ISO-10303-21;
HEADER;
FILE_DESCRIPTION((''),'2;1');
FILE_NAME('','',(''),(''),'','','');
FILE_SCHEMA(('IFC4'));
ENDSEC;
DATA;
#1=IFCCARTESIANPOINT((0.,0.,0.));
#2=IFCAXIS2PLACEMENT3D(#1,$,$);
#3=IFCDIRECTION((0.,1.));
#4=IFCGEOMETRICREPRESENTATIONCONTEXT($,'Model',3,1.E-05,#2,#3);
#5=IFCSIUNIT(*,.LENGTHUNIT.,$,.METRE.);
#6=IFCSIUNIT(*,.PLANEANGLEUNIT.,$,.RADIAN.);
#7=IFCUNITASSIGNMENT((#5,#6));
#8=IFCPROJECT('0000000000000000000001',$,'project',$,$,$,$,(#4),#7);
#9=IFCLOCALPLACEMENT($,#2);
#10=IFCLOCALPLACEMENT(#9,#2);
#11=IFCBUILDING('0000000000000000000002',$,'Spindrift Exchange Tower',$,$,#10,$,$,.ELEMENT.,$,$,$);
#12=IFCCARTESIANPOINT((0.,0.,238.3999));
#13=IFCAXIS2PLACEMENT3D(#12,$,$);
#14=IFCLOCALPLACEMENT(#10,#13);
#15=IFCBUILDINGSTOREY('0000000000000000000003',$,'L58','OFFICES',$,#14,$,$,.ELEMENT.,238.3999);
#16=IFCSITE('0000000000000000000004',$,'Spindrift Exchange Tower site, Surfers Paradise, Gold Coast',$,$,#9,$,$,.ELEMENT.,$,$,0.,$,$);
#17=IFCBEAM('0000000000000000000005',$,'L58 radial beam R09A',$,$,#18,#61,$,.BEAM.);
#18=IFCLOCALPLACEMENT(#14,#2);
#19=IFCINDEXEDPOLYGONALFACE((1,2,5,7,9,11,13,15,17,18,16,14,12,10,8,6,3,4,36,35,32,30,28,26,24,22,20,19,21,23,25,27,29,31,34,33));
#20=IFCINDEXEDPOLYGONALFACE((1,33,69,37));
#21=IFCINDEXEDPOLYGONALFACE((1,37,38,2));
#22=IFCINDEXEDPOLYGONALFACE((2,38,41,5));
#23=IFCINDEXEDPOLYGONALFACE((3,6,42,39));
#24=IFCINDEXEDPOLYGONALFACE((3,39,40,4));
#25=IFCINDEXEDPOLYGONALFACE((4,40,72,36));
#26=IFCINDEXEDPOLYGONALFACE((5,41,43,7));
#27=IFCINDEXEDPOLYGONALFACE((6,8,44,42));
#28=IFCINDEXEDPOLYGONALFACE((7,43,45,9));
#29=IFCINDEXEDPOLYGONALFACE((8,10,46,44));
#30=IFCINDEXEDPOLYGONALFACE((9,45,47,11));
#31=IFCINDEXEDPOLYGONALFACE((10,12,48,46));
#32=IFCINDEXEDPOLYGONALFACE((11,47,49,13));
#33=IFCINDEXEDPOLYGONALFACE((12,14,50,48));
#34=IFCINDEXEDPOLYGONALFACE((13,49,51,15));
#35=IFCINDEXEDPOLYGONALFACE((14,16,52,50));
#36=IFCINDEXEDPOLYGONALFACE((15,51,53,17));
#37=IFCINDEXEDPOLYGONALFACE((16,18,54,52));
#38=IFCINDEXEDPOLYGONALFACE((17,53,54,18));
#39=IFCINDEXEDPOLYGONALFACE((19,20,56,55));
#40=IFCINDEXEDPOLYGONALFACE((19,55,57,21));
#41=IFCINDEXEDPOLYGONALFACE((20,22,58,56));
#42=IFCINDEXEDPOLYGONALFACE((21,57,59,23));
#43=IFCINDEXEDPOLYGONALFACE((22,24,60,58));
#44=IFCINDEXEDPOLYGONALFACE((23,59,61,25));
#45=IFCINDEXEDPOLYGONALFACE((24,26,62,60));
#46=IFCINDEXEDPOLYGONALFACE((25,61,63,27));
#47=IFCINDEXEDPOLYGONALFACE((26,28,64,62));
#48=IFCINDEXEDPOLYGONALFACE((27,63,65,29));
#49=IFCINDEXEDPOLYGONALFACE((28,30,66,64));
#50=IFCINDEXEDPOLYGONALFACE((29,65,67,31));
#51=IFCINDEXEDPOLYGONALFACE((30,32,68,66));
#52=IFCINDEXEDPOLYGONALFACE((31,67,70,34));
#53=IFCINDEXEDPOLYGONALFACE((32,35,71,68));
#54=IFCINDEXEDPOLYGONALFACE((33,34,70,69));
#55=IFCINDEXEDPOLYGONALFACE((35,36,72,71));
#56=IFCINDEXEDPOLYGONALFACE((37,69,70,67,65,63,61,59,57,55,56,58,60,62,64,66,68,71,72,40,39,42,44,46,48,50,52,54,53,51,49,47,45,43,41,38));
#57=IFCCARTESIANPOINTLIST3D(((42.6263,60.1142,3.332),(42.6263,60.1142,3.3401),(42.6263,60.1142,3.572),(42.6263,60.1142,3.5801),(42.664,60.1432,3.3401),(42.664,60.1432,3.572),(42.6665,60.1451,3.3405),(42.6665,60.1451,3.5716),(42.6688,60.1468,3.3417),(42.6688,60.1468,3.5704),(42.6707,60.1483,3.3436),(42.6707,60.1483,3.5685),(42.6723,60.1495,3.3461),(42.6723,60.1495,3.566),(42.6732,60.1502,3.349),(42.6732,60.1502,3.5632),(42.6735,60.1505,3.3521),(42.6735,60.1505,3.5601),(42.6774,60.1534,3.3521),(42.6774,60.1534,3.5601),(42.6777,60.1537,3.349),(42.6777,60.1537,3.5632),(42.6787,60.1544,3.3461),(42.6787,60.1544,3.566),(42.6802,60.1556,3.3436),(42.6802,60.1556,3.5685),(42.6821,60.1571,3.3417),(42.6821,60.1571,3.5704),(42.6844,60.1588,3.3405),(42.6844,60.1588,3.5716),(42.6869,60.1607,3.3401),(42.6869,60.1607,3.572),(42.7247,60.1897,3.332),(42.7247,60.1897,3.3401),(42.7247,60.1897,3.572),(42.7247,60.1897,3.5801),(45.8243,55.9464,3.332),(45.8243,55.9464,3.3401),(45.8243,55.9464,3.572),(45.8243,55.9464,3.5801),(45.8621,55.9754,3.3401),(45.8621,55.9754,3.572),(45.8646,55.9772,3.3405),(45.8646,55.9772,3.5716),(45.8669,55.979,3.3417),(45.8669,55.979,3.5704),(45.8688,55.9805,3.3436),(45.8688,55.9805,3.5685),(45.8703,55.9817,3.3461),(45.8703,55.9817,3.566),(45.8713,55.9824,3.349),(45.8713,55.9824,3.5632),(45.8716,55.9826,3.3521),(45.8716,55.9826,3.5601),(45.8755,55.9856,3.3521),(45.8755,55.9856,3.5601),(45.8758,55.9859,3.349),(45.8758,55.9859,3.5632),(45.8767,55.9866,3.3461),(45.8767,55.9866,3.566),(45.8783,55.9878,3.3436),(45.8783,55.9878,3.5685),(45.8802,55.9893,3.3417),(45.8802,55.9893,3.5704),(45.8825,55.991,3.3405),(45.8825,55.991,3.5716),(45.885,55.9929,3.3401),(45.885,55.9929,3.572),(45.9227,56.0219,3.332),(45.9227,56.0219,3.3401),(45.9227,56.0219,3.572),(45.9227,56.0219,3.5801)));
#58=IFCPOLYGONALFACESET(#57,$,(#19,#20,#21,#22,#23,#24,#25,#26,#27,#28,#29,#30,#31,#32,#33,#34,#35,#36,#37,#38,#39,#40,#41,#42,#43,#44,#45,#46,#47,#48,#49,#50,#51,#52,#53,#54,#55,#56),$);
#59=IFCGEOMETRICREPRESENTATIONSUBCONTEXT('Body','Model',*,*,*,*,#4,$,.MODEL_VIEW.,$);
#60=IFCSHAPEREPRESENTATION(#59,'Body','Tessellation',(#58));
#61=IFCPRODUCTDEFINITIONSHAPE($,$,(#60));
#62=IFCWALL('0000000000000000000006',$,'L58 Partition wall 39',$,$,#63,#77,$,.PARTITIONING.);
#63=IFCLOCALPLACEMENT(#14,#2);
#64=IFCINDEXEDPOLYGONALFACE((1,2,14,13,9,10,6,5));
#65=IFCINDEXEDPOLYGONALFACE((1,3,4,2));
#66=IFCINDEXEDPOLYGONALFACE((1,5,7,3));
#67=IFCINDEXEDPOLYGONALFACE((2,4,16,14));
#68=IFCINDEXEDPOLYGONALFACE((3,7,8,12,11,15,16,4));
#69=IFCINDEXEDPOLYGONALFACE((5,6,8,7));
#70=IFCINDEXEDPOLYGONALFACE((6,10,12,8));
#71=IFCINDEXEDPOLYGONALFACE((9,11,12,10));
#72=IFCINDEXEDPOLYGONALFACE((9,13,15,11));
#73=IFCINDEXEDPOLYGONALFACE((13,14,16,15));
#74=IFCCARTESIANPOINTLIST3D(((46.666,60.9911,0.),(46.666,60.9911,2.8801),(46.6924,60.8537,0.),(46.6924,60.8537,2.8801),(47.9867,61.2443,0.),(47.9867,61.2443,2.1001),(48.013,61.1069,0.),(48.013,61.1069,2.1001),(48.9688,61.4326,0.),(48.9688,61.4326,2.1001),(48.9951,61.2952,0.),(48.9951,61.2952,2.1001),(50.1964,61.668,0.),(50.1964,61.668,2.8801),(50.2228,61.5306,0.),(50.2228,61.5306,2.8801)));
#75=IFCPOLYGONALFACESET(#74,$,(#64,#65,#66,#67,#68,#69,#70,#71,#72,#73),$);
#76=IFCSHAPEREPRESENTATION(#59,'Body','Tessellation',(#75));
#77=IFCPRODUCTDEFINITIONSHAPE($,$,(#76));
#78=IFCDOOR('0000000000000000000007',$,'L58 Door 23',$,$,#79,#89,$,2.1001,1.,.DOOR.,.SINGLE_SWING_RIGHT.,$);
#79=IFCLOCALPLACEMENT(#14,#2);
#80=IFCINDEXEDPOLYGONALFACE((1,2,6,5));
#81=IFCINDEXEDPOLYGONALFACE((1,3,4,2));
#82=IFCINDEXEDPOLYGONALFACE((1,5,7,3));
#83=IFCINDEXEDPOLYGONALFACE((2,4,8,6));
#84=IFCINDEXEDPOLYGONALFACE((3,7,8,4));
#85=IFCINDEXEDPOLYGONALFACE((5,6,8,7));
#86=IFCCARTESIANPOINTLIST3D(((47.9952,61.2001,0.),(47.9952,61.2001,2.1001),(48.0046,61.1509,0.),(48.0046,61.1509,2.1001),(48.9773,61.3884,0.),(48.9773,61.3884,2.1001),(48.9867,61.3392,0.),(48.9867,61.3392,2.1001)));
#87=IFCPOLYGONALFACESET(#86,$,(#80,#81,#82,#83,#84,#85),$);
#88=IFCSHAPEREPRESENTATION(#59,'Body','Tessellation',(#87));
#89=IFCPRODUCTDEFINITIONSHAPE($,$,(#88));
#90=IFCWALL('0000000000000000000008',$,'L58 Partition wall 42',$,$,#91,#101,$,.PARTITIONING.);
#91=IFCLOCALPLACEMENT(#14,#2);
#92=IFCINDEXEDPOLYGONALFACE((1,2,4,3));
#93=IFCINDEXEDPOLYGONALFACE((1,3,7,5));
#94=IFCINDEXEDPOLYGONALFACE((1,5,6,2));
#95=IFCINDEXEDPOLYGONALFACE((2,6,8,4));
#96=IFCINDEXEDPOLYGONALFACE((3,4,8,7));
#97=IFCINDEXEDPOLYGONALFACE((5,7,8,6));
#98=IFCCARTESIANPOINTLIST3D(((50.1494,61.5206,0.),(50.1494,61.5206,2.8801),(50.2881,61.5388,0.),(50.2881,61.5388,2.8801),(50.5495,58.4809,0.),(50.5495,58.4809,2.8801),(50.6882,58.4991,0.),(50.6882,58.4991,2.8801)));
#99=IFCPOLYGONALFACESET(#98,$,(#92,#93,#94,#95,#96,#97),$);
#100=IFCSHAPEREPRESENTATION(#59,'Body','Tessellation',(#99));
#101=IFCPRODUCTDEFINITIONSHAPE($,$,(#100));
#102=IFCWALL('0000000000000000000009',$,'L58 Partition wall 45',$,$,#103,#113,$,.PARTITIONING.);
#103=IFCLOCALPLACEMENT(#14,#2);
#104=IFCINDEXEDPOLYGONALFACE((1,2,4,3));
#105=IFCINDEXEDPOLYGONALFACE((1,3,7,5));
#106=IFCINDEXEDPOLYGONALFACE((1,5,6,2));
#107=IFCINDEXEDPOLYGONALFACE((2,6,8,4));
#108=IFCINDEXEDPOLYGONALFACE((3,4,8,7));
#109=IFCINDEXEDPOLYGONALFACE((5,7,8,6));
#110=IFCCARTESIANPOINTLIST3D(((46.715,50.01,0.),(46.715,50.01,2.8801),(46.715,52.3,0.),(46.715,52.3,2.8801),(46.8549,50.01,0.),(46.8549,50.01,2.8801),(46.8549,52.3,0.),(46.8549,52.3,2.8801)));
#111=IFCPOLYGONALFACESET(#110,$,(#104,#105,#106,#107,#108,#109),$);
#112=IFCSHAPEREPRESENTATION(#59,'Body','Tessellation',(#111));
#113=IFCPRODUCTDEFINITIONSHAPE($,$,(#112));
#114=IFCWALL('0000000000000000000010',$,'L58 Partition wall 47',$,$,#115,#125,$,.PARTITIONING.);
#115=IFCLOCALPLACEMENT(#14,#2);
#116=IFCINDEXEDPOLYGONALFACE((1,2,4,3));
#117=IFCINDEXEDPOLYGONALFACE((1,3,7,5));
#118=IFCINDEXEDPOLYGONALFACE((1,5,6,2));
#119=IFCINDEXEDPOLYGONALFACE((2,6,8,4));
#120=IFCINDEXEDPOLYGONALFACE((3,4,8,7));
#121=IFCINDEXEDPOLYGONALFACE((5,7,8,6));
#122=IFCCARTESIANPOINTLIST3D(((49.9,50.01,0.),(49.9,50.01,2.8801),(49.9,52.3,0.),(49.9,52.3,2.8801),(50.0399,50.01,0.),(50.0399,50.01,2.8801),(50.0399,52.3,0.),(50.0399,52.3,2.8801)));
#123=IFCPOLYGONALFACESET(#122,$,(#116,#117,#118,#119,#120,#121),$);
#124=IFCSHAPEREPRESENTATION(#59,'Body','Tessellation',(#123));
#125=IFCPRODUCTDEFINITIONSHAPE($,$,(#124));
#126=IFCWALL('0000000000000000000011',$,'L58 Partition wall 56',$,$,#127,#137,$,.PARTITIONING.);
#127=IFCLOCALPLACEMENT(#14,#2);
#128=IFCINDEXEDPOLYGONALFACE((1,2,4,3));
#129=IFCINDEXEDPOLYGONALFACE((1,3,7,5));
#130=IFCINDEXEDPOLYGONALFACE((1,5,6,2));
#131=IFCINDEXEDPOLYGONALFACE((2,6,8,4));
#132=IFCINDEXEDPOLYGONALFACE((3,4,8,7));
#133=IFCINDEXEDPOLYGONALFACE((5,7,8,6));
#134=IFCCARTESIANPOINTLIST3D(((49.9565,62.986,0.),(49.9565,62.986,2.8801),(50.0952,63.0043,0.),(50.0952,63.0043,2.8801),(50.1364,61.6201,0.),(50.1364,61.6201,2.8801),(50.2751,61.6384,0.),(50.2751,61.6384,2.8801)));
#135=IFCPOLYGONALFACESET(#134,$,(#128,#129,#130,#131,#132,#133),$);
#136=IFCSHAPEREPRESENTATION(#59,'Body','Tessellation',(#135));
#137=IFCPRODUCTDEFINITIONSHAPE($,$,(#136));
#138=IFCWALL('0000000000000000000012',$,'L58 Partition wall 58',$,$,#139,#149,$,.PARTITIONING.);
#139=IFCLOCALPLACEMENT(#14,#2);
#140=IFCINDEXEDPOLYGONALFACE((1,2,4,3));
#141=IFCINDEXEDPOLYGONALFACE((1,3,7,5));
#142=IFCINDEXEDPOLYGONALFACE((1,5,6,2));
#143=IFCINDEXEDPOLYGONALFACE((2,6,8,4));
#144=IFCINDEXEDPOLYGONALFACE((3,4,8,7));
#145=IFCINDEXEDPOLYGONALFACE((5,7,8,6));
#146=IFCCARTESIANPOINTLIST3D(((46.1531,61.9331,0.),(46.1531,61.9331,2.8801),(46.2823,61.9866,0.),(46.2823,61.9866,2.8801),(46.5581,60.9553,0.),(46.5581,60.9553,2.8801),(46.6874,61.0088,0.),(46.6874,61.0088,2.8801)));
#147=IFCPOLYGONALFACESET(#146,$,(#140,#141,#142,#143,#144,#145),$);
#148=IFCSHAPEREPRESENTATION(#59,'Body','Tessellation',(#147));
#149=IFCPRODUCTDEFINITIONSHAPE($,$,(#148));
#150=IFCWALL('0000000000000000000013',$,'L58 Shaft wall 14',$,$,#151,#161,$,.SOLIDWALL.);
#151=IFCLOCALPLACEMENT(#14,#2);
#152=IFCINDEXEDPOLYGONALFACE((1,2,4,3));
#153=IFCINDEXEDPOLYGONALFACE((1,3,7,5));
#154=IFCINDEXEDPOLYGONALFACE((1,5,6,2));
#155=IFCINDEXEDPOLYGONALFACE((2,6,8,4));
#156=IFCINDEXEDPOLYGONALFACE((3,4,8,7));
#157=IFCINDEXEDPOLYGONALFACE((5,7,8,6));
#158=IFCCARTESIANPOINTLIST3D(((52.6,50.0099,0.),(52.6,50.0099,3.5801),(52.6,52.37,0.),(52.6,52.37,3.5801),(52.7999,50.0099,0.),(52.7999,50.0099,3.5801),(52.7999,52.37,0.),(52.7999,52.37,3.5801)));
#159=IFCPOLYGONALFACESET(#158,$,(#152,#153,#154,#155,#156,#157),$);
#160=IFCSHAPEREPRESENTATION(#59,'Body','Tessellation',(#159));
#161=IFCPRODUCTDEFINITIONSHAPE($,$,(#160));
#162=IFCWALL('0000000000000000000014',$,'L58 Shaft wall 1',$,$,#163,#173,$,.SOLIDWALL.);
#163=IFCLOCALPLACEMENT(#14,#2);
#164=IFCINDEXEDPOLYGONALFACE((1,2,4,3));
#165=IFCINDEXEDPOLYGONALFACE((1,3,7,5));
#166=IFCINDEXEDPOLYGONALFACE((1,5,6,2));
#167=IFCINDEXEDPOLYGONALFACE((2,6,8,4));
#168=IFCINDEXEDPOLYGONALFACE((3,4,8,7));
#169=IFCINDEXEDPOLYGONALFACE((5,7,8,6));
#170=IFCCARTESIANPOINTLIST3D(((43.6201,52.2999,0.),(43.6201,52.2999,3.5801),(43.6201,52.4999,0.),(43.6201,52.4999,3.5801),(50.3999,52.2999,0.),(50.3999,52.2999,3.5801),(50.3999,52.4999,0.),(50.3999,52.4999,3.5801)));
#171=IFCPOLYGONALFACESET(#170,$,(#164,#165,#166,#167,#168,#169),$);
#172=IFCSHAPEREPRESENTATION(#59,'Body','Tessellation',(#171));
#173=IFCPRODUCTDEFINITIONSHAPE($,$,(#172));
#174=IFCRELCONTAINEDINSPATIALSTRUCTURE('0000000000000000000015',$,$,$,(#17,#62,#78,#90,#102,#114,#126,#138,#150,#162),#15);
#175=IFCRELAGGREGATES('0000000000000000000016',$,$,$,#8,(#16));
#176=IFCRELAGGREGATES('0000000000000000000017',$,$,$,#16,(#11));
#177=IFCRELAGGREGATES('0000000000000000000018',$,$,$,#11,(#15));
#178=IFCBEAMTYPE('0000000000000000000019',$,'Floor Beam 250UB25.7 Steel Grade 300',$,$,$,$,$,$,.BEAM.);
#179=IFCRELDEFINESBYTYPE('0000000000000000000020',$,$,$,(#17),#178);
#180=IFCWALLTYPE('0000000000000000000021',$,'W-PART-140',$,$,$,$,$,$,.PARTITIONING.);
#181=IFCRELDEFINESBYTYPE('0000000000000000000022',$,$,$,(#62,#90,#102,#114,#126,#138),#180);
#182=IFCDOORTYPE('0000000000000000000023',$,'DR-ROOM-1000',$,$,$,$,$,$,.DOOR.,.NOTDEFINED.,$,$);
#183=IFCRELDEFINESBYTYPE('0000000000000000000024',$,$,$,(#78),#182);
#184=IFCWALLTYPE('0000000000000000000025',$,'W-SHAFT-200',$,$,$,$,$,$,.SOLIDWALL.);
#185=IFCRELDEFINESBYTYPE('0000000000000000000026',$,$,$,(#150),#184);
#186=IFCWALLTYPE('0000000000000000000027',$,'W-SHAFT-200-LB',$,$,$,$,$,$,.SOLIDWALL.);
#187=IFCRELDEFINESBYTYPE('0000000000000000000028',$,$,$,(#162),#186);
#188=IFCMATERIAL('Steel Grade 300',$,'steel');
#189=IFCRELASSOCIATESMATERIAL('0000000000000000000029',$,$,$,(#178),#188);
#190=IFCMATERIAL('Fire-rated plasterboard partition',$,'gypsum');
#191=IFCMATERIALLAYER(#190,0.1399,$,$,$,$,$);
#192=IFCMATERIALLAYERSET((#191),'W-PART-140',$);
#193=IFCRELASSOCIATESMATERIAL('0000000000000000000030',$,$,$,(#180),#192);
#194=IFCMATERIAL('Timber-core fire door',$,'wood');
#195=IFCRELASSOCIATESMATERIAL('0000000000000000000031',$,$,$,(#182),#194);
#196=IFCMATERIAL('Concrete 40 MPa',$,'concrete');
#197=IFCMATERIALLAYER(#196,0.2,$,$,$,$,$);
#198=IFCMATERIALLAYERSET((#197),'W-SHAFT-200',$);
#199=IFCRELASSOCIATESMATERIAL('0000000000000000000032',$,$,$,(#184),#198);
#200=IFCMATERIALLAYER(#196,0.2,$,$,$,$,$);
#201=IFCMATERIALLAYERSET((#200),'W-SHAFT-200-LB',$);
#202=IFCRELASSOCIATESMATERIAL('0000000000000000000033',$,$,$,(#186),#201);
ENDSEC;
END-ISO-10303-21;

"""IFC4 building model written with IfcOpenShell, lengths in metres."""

from ifc_helpers import new_model, si_unit, direction, frame, frame_2d, origin, origin_2d, place, context, subcontext, project, spatial, rectangle, i_section, extrude, source, transform, mapped, material, layer, layer_set, material_profile, profile_set, type_object, element, fill, save


model = new_model("IFC4")

# Units and contexts
model_context = context("Model", 3, precision=1e-05, world=origin(), true_north=direction((0.0, 1.0)))
body_context = subcontext(model_context, "Body", "Model", "MODEL_VIEW")
ifc_project = project(units=[si_unit("LENGTHUNIT", "METRE"), si_unit("PLANEANGLEUNIT", "RADIAN")], contexts=[model_context])

# Site, building, storey
site_placement = place(None, origin())
site = spatial("IfcSite", under=ifc_project, at=site_placement, Name="Spindrift Exchange Tower site, Surfers Paradise, Gold Coast", CompositionType="ELEMENT", RefElevation=0.0)
building_placement = place(site_placement, origin())
building = spatial("IfcBuilding", under=site, at=building_placement, Name="Spindrift Exchange Tower", CompositionType="ELEMENT")
storey_placement = place(building_placement, frame((0.0, 0.0, 238.3999)))
storey = spatial("IfcBuildingStorey", under=building, at=storey_placement, Name="L58", Description="OFFICES", CompositionType="ELEMENT", Elevation=238.3999)

# Beam
ifc_material_1 = material(Name="Steel Grade 300", Category="steel")
ifc_material_profile_1 = material_profile(ifc_material_1, i_section(OverallWidth=0.124, OverallDepth=0.248, WebThickness=0.0049, FlangeThickness=0.0081, FilletRadius=0.012, at=origin_2d()), Name="250UB25.7")
ifc_profile_set_1 = profile_set([ifc_material_profile_1], Name="Steel Grade 300")
beam_type_1 = type_object("IfcBeamType", Name="Floor Beam 250UB25.7 Steel Grade 300", PredefinedType="BEAM", material=ifc_profile_set_1)
shared_shape_1 = source(origin(), body_context, "Body", "SweptSolid", [
    extrude(i_section(OverallWidth=0.124, OverallDepth=0.248, WebThickness=0.0049, FlangeThickness=0.0081, FilletRadius=0.012, at=origin_2d()), origin(), (0.0, 0.0, 1.0), 5.2534),
])
beam_1_placement = place(storey_placement, frame((45.8735, 55.9841, 3.4561), z_axis=(-0.60876, 0.793354, 0.0), x_axis=(-0.793354, -0.60876, 0.0)))
element("IfcBeam", 1, at=beam_1_placement, inside=storey, type_object=beam_type_1, Name="L58 radial beam R09A", PredefinedType="BEAM", context=body_context, shape_type="MappedRepresentation", body=[
    mapped(shared_shape_1, transform((0.0, 0.0, 0.0), scale=1.0)),
])

# Wall, opening, door
ifc_material_2 = material(Name="Fire-rated plasterboard partition", Category="gypsum")
ifc_layer_1 = layer(ifc_material_2, 0.1399)
ifc_layer_set_1 = layer_set([ifc_layer_1], Name="W-PART-140")
wall_type_1 = type_object("IfcWallType", Name="W-PART-140", PredefinedType="PARTITIONING", material=ifc_layer_set_1)
wall_1_placement = place(storey_placement, frame((46.6792, 60.9224, 0.0), z_axis=(0.0, 0.0, 1.0), x_axis=(0.982107, 0.188326, 0.0)))
wall_1 = element("IfcWall", 2, at=wall_1_placement, inside=storey, type_object=wall_type_1, Name="L58 Partition wall 39", PredefinedType="PARTITIONING", context=body_context, shape_type="SweptSolid", body=[
    extrude(rectangle(XDim=3.5947, YDim=0.1399, at=frame_2d((1.7974, 0.0))), origin(), (0.0, 0.0, 1.0), 2.8801),
])
opening_1_placement = place(wall_1_placement, frame((1.3447, 0.0, 0.0)))
opening_1 = element("IfcOpeningElement", 3, at=opening_1_placement, cuts=wall_1, PredefinedType="OPENING", context=body_context, shape_type="SweptSolid", body=[
    extrude(rectangle(XDim=1.0, YDim=2.1001, at=frame_2d((0.5, 1.05))), frame((0.0, 0.0798, 0.0), z_axis=(0.0, -1.0, 0.0), x_axis=(1.0, 0.0, 0.0)), (0.0, 0.0, 1.0), 0.1599),
])
ifc_material_3 = material(Name="Timber-core fire door", Category="wood")
door_type_1 = type_object("IfcDoorType", Name="DR-ROOM-1000", OperationType="NOTDEFINED", PredefinedType="DOOR", material=ifc_material_3)
shared_shape_2 = source(origin(), body_context, "Body", "SweptSolid", [
    extrude(rectangle(XDim=1.0, YDim=2.1001, at=frame_2d((0.5, 1.05))), frame((0.0, 0.0249, 0.0), z_axis=(0.0, -1.0, 0.0), x_axis=(1.0, 0.0, 0.0)), (0.0, 0.0, 1.0), 0.05),
])
door_1_placement = place(opening_1_placement, origin())
door_1 = element("IfcDoor", 4, at=door_1_placement, inside=storey, type_object=door_type_1, Name="L58 Door 23", OperationType="SINGLE_SWING_RIGHT", OverallHeight=2.1001, OverallWidth=1.0, PredefinedType="DOOR", context=body_context, shape_type="MappedRepresentation", body=[
    mapped(shared_shape_2, transform((0.0, 0.0, 0.0), scale=1.0)),
])
fill(opening_1, door_1)

# Walls
wall_2_placement = place(storey_placement, frame((50.6189, 58.49, 0.0), z_axis=(0.0, 0.0, 1.0), x_axis=(-0.13051, 0.991447, 0.0)))
element("IfcWall", 5, at=wall_2_placement, inside=storey, type_object=wall_type_1, Name="L58 Partition wall 42", PredefinedType="PARTITIONING", context=body_context, shape_type="SweptSolid", body=[
    extrude(rectangle(XDim=3.0659, YDim=0.1399, at=frame_2d((1.533, 0.0))), origin(), (0.0, 0.0, 1.0), 2.8801),
])
for number, where, z_axis, x_axis, name in (
    (6, (46.7849, 50.01, 0.0), (0.0, 0.0, 1.0), (0.0, 1.0, 0.0), "L58 Partition wall 45"),
    (7, (49.97, 50.01, 0.0), (0.0, 0.0, 1.0), (0.0, 1.0, 0.0), "L58 Partition wall 47"),
):
    element("IfcWall", number, at=place(storey_placement, frame(where, z_axis=z_axis, x_axis=x_axis)), inside=storey, type_object=wall_type_1, Name=name, PredefinedType="PARTITIONING", context=body_context, shape_type="SweptSolid", body=[
        extrude(rectangle(XDim=2.29, YDim=0.1399, at=frame_2d((1.145, 0.0))), origin(), (0.0, 0.0, 1.0), 2.8801),
    ])
wall_3_placement = place(storey_placement, frame((50.2058, 61.6292, 0.0), z_axis=(0.0, 0.0, 1.0), x_axis=(-0.130597, 0.991436, 0.0)))
element("IfcWall", 8, at=wall_3_placement, inside=storey, type_object=wall_type_1, Name="L58 Partition wall 56", PredefinedType="PARTITIONING", context=body_context, shape_type="SweptSolid", body=[
    extrude(rectangle(XDim=1.3777, YDim=0.1399, at=frame_2d((0.689, 0.0))), origin(), (0.0, 0.0, 1.0), 2.8801),
])
wall_4_placement = place(storey_placement, frame((46.6228, 60.9819, 0.0), z_axis=(0.0, 0.0, 1.0), x_axis=(-0.382698, 0.923873, 0.0)))
element("IfcWall", 9, at=wall_4_placement, inside=storey, type_object=wall_type_1, Name="L58 Partition wall 58", PredefinedType="PARTITIONING", context=body_context, shape_type="SweptSolid", body=[
    extrude(rectangle(XDim=1.0583, YDim=0.1399, at=frame_2d((0.5293, 0.0))), origin(), (0.0, 0.0, 1.0), 2.8801),
])
ifc_material_4 = material(Name="Concrete 40 MPa", Category="concrete")
ifc_layer_2 = layer(ifc_material_4, 0.2)
ifc_layer_set_2 = layer_set([ifc_layer_2], Name="W-SHAFT-200")
wall_type_2 = type_object("IfcWallType", Name="W-SHAFT-200", PredefinedType="SOLIDWALL", material=ifc_layer_set_2)
wall_5_placement = place(storey_placement, frame((52.7, 52.3701, 0.0), z_axis=(0.0, 0.0, 1.0), x_axis=(0.0, -1.0, 0.0)))
element("IfcWall", 10, at=wall_5_placement, inside=storey, type_object=wall_type_2, Name="L58 Shaft wall 14", PredefinedType="SOLIDWALL", context=body_context, shape_type="SweptSolid", body=[
    extrude(rectangle(XDim=2.3601, YDim=0.2, at=frame_2d((1.1802, 0.0))), origin(), (0.0, 0.0, 1.0), 3.5801),
])
ifc_layer_3 = layer(ifc_material_4, 0.2)
ifc_layer_set_3 = layer_set([ifc_layer_3], Name="W-SHAFT-200-LB")
wall_type_3 = type_object("IfcWallType", Name="W-SHAFT-200-LB", PredefinedType="SOLIDWALL", material=ifc_layer_set_3)
wall_6_placement = place(storey_placement, frame((43.6201, 52.3999, 0.0), z_axis=(0.0, 0.0, 1.0), x_axis=(1.0, 0.0, 0.0)))
element("IfcWall", 11, at=wall_6_placement, inside=storey, type_object=wall_type_3, Name="L58 Shaft wall 1", PredefinedType="SOLIDWALL", context=body_context, shape_type="SweptSolid", body=[
    extrude(rectangle(XDim=6.7798, YDim=0.2, at=frame_2d((3.3899, 0.0))), origin(), (0.0, 0.0, 1.0), 3.5801),
])

save(model, "model.ifc")
